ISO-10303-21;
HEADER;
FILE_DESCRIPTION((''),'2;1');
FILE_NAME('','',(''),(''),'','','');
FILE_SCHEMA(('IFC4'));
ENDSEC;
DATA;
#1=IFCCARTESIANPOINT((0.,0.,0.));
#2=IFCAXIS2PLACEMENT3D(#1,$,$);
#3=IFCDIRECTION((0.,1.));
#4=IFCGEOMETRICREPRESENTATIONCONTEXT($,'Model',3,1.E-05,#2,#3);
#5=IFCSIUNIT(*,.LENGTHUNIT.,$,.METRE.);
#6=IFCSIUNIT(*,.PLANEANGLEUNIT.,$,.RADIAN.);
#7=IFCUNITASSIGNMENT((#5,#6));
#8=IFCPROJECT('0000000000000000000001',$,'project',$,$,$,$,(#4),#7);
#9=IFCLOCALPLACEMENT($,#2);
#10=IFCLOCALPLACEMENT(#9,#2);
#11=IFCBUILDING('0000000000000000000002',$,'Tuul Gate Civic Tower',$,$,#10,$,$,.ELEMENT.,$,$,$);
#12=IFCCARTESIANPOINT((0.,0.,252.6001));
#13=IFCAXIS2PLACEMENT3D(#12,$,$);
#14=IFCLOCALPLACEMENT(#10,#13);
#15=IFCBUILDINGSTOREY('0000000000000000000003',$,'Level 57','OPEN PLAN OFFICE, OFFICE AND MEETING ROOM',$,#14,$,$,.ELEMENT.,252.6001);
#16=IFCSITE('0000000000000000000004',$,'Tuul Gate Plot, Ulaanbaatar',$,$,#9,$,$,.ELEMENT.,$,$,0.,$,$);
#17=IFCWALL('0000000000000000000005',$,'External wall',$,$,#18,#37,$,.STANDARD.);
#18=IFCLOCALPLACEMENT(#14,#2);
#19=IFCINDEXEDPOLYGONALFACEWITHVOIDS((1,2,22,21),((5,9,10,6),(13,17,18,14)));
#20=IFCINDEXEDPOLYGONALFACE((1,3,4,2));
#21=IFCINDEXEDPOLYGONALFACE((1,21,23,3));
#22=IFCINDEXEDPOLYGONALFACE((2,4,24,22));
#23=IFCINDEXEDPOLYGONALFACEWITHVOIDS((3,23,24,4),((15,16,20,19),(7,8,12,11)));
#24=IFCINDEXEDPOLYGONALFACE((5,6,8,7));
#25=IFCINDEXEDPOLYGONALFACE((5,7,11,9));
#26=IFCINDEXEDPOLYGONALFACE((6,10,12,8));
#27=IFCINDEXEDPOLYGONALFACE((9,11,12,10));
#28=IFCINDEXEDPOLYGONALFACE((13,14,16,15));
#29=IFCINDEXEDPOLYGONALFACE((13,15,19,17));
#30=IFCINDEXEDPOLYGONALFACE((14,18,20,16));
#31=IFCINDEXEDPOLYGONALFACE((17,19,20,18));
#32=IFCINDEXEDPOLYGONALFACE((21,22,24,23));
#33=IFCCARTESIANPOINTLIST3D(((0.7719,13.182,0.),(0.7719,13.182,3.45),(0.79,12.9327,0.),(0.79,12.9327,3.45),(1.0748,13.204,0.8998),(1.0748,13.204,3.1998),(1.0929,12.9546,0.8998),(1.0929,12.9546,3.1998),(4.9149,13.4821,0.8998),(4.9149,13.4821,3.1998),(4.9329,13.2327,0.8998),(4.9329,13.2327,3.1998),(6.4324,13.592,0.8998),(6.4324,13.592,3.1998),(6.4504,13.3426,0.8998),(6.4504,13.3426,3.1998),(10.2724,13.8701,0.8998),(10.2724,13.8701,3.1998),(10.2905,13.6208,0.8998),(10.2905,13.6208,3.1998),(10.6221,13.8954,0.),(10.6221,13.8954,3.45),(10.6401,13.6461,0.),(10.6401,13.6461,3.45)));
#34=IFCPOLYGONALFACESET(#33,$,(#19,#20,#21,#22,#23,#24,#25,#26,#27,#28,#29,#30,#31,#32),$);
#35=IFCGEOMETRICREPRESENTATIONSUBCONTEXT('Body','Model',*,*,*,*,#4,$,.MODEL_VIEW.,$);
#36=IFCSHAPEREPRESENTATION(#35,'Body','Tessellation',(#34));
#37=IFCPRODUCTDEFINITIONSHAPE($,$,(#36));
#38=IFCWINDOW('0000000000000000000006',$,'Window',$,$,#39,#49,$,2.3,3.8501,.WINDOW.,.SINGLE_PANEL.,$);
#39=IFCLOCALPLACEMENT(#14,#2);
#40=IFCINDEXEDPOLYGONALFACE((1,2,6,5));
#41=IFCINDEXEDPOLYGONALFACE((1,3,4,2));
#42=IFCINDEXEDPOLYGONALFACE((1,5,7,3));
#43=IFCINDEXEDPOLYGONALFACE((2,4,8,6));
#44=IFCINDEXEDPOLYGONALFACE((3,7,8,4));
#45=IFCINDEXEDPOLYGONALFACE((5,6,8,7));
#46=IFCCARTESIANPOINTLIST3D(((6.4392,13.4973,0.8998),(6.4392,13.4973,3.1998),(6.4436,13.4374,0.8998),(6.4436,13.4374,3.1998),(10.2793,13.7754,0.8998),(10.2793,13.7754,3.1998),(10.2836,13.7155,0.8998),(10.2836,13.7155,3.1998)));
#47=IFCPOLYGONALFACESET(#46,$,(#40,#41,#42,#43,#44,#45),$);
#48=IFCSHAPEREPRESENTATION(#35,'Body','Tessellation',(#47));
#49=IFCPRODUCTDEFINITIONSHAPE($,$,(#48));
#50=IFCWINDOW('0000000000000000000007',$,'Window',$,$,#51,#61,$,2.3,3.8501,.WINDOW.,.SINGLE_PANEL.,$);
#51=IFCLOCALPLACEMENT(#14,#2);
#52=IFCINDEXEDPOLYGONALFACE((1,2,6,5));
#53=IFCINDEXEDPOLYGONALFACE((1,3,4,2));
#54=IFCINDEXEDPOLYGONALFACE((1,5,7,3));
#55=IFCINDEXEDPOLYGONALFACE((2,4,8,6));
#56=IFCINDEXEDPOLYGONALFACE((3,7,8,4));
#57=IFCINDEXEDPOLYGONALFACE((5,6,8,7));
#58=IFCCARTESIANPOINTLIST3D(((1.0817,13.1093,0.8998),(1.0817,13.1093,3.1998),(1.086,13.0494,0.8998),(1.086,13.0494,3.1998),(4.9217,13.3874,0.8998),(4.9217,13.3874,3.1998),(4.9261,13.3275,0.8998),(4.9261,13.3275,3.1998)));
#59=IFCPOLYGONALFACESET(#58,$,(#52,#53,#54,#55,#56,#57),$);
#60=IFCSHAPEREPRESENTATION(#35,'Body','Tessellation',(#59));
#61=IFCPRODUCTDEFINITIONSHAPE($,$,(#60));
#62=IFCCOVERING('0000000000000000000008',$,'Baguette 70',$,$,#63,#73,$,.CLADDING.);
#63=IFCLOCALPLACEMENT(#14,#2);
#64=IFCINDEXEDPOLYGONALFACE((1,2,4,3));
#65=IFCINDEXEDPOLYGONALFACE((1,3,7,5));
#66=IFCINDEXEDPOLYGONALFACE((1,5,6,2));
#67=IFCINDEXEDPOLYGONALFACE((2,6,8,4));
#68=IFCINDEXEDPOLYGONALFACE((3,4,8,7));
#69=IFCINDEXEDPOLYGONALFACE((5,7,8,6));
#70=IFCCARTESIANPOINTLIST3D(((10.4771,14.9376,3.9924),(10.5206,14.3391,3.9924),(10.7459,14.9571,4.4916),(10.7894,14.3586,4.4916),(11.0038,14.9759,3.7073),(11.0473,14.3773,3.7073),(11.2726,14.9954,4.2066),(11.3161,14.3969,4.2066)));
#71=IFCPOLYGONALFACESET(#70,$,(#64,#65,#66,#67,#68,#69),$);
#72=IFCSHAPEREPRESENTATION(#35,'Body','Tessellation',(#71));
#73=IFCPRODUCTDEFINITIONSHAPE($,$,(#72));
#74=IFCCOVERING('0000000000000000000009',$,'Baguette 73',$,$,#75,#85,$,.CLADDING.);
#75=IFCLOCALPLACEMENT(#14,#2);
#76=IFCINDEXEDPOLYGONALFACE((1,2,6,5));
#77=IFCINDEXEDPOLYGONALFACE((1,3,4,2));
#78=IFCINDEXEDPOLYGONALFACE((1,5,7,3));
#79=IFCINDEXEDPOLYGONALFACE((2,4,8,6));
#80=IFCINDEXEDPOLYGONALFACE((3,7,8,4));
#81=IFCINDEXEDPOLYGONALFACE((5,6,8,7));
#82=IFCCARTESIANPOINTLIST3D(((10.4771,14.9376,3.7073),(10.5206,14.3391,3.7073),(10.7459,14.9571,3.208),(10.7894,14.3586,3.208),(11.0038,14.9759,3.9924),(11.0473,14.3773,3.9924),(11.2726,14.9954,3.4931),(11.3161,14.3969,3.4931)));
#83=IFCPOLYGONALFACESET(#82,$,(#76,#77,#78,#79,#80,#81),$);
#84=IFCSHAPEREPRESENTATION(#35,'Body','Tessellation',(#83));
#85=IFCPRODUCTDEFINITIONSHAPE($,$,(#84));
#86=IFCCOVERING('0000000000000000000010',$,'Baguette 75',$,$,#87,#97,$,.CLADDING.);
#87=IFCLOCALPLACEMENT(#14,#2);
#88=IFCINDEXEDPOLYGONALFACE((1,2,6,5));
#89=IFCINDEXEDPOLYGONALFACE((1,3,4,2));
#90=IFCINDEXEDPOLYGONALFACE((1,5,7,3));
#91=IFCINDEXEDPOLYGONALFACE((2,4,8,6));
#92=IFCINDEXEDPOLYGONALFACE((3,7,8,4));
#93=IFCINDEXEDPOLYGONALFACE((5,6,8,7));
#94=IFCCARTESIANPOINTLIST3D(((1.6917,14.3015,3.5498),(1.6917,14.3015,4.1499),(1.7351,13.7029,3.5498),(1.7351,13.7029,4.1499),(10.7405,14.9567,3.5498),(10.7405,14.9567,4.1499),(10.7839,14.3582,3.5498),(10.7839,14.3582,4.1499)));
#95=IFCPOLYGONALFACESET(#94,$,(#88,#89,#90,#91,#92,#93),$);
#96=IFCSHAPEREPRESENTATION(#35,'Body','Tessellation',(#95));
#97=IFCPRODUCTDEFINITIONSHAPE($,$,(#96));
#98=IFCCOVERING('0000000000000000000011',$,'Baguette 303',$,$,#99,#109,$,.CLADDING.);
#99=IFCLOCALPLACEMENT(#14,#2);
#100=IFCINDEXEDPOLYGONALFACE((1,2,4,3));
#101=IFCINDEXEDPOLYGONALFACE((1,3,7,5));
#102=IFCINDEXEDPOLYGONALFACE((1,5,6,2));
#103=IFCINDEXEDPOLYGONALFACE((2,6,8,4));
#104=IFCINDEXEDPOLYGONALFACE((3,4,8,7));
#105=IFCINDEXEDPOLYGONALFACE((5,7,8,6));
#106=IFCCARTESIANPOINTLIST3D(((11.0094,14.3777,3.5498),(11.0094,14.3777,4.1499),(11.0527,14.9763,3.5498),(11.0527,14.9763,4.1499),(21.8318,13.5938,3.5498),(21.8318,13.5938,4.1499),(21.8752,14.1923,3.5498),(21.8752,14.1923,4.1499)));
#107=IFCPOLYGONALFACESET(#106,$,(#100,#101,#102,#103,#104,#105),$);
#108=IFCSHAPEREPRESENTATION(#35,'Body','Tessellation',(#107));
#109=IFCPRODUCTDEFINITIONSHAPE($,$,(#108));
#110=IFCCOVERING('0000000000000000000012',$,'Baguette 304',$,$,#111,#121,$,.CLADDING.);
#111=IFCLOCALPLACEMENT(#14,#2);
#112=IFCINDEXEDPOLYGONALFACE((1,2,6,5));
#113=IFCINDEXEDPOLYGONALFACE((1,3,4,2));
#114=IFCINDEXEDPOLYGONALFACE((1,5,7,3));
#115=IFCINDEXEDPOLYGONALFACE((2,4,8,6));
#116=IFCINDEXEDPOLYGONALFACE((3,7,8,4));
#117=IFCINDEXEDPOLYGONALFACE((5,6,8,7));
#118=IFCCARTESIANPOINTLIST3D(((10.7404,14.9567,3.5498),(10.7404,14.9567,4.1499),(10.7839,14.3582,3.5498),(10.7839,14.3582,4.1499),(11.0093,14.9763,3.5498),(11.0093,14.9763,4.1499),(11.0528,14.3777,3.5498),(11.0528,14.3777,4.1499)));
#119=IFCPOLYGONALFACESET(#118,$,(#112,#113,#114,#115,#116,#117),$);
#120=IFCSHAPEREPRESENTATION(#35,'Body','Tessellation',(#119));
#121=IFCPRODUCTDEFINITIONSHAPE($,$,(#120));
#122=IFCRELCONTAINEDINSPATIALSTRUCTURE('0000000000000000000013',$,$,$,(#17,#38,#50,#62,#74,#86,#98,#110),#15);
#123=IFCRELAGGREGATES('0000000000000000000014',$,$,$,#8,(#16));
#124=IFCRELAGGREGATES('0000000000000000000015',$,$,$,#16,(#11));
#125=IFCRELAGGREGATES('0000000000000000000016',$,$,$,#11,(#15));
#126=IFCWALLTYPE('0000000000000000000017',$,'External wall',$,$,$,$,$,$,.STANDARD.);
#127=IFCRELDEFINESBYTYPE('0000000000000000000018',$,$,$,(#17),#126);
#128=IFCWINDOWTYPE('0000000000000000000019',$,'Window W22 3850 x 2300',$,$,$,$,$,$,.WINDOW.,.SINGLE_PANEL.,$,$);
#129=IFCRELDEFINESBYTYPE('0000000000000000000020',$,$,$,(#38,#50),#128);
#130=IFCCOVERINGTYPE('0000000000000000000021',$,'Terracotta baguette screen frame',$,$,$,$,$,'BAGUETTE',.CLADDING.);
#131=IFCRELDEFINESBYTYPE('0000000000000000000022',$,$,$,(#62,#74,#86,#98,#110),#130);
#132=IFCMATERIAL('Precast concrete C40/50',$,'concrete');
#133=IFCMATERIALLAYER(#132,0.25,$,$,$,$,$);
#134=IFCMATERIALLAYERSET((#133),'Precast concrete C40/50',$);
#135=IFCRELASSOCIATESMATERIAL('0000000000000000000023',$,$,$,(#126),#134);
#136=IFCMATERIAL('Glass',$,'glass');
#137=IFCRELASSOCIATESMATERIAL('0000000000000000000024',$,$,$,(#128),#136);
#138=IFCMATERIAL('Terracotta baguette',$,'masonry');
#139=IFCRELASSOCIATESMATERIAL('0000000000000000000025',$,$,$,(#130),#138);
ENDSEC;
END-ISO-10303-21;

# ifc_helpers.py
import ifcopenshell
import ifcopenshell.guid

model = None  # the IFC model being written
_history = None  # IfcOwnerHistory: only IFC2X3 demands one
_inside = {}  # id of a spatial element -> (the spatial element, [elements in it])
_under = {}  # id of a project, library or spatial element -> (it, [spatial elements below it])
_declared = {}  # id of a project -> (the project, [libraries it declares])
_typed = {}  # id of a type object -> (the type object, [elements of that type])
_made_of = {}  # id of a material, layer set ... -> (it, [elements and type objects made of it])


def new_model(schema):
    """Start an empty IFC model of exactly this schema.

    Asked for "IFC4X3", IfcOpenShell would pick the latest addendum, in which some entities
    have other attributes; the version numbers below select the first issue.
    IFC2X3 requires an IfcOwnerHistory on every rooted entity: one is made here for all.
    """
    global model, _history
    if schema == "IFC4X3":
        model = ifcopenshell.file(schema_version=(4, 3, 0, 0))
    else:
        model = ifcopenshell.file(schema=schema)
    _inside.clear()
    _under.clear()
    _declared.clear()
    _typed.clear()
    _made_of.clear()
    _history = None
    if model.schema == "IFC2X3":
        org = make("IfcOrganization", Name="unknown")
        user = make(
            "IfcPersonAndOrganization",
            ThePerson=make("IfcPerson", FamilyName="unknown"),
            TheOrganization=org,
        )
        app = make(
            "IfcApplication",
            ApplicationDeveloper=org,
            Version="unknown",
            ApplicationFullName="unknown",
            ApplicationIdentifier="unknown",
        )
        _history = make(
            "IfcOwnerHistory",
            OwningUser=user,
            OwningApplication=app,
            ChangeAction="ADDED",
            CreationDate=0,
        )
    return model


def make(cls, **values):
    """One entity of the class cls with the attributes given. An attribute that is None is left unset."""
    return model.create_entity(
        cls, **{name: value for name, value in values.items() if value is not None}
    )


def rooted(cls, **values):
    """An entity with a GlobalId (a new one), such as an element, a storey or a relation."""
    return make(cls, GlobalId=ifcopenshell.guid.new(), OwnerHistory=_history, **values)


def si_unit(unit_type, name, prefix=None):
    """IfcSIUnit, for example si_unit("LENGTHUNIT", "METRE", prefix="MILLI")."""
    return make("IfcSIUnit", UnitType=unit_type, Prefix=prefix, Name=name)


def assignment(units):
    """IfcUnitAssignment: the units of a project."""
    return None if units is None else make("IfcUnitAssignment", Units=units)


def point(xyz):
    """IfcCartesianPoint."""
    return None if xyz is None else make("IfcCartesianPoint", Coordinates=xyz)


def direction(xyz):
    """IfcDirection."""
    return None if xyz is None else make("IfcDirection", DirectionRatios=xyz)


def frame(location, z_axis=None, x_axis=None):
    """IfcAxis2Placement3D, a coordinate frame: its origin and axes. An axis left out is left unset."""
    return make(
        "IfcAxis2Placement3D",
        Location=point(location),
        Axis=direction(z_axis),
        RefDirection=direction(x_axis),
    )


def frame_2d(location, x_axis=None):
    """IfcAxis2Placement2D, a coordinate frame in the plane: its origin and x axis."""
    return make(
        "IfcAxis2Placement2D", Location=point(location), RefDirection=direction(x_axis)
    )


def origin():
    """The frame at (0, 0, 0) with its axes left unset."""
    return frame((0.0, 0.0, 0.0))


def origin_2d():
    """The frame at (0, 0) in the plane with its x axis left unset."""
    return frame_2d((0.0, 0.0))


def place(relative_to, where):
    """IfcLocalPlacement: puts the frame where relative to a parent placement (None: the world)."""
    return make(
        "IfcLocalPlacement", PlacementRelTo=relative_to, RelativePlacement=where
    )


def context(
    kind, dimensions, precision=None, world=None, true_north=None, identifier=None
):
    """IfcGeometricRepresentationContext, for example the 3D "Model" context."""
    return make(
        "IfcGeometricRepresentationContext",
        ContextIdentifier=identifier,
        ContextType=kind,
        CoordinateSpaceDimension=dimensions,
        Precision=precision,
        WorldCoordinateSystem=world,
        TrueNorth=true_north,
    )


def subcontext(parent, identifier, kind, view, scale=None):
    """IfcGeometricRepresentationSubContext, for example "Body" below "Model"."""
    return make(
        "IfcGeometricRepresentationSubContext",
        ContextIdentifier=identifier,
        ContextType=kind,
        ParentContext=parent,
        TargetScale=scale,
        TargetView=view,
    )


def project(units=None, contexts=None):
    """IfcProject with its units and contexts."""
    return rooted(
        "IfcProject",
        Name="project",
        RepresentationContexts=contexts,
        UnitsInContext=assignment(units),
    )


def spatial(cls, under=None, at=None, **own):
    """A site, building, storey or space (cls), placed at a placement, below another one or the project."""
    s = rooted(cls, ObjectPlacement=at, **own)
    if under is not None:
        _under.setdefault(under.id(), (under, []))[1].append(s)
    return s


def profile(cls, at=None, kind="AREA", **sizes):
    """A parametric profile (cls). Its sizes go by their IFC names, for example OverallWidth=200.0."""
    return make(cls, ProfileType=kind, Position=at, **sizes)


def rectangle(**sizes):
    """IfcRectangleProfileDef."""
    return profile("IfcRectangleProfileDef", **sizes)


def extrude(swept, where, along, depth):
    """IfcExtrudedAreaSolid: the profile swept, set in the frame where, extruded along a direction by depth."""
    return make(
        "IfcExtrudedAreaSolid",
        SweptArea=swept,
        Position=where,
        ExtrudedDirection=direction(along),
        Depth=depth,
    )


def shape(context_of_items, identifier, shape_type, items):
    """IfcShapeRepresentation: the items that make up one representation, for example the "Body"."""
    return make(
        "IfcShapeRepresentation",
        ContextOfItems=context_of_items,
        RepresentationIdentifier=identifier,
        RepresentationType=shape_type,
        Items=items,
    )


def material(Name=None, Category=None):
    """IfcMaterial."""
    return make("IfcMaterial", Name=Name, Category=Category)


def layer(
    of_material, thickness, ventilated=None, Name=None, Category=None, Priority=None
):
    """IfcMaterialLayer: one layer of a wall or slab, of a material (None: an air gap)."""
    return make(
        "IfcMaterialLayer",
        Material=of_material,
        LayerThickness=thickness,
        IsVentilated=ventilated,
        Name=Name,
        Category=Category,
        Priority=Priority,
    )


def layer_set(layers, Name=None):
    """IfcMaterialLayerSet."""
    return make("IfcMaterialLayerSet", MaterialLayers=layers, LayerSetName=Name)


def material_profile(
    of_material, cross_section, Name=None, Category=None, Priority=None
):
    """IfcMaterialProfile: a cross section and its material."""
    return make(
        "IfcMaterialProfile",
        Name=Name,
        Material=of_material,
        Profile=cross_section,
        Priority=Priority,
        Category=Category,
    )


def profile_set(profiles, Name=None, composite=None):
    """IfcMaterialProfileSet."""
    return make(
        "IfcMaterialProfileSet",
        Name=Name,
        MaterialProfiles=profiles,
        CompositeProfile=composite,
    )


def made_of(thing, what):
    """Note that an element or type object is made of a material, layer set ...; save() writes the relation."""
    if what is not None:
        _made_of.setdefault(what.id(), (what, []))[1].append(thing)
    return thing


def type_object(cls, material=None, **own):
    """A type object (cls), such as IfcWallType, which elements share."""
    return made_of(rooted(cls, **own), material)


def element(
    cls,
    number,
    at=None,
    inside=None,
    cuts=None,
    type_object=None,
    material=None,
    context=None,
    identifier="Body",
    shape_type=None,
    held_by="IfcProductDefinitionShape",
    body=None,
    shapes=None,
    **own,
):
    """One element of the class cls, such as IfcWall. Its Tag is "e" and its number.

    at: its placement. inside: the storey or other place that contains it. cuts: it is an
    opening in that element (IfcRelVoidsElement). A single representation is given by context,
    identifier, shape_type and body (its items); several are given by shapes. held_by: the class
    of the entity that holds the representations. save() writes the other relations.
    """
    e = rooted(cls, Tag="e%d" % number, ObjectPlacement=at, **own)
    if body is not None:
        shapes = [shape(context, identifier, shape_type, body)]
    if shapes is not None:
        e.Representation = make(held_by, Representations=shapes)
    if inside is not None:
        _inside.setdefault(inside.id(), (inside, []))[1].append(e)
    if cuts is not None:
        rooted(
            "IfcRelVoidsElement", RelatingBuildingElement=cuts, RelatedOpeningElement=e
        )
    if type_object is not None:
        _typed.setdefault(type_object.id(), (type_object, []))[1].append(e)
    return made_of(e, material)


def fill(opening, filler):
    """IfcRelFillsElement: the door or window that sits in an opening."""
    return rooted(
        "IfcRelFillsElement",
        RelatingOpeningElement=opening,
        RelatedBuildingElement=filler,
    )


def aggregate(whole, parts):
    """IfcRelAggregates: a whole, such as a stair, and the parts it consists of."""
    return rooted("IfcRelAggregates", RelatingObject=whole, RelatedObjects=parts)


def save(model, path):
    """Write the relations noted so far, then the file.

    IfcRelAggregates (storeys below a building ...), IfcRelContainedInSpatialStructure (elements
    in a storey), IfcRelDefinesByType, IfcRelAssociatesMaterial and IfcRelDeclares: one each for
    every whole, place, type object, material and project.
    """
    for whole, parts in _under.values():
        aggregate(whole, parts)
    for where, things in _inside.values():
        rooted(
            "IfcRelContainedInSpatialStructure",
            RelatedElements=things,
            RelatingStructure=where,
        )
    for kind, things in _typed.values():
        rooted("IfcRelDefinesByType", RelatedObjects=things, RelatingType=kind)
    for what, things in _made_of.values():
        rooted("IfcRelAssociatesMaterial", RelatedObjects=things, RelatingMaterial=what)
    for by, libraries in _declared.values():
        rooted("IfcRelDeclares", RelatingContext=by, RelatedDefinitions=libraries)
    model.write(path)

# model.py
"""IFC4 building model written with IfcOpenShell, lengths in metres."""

from ifc_helpers import new_model, si_unit, direction, frame, frame_2d, origin, origin_2d, place, context, subcontext, project, spatial, rectangle, extrude, material, layer, layer_set, material_profile, profile_set, type_object, element, fill, save


model = new_model("IFC4")

# Units and contexts
model_context = context("Model", 3, precision=1e-05, world=origin(), true_north=direction((0.0, 1.0)))
body_context = subcontext(model_context, "Body", "Model", "MODEL_VIEW")
ifc_project = project(units=[si_unit("LENGTHUNIT", "METRE"), si_unit("PLANEANGLEUNIT", "RADIAN")], contexts=[model_context])

# Site, building, storey
site_placement = place(None, origin())
site = spatial("IfcSite", under=ifc_project, at=site_placement, Name="Tuul Gate Plot, Ulaanbaatar", CompositionType="ELEMENT", RefElevation=0.0)
building_placement = place(site_placement, origin())
building = spatial("IfcBuilding", under=site, at=building_placement, Name="Tuul Gate Civic Tower", CompositionType="ELEMENT")
storey_placement = place(building_placement, frame((0.0, 0.0, 252.6001)))
storey = spatial("IfcBuildingStorey", under=building, at=storey_placement, Name="Level 57", Description="OPEN PLAN OFFICE, OFFICE AND MEETING ROOM", CompositionType="ELEMENT", Elevation=252.6001)

# Wall, openings, windows
ifc_material_1 = material(Name="Precast concrete C40/50", Category="concrete")
ifc_layer_1 = layer(ifc_material_1, 0.25)
ifc_layer_set_1 = layer_set([ifc_layer_1], Name="Precast concrete C40/50")
wall_type_1 = type_object("IfcWallType", Name="External wall", PredefinedType="STANDARD", material=ifc_layer_set_1)
ifc_material_2 = material(Name="Glass", Category="glass")
window_type = type_object("IfcWindowType", Name="Window W22 3850 x 2300", PartitioningType="SINGLE_PANEL", PredefinedType="WINDOW", material=ifc_material_2)
wall_1_placement = place(storey_placement, frame((10.6311, 13.7708, 0.0), z_axis=(0.0, 0.0, 1.0), x_axis=(-0.997388, -0.072234, 0.0)))
wall_1 = element("IfcWall", 1, at=wall_1_placement, inside=storey, type_object=wall_type_1, Name="External wall", PredefinedType="STANDARD", context=body_context, shape_type="SweptSolid", body=[
    extrude(rectangle(XDim=9.876, YDim=0.25, at=frame_2d((4.938, 0.0))), origin(), (0.0, 0.0, 1.0), 3.45),
])
opening_1_placement = place(wall_1_placement, frame((0.3506, 0.0, 0.8999)))
opening_1 = element("IfcOpeningElement", 2, at=opening_1_placement, cuts=wall_1, PredefinedType="OPENING", context=body_context, shape_type="SweptSolid", body=[
    extrude(rectangle(XDim=3.8501, YDim=2.3, at=frame_2d((1.925, 1.1499))), frame((0.0, 0.135, 0.0), z_axis=(0.0, -1.0, 0.0), x_axis=(1.0, 0.0, 0.0)), (0.0, 0.0, 1.0), 0.27),
])
opening_2_placement = place(wall_1_placement, frame((5.7222, 0.0, 0.8999)))
opening_2 = element("IfcOpeningElement", 3, at=opening_2_placement, cuts=wall_1, PredefinedType="OPENING", context=body_context, shape_type="SweptSolid", body=[
    extrude(rectangle(XDim=3.8501, YDim=2.3, at=frame_2d((1.925, 1.1499))), frame((0.0, 0.135, 0.0), z_axis=(0.0, -1.0, 0.0), x_axis=(1.0, 0.0, 0.0)), (0.0, 0.0, 1.0), 0.27),
])
window_1_placement = place(opening_1_placement, origin())
window_1 = element("IfcWindow", 4, at=window_1_placement, inside=storey, type_object=window_type, Name="Window", OverallHeight=2.3, OverallWidth=3.8501, PartitioningType="SINGLE_PANEL", PredefinedType="WINDOW", context=body_context, shape_type="SweptSolid", body=[
    extrude(rectangle(XDim=3.8501, YDim=2.3, at=frame_2d((1.925, 1.1499))), frame((0.0, 0.03, 0.0), z_axis=(0.0, -1.0, 0.0), x_axis=(1.0, 0.0, 0.0)), (0.0, 0.0, 1.0), 0.0601),
])
fill(opening_1, window_1)
window_2_placement = place(opening_2_placement, origin())
window_2 = element("IfcWindow", 5, at=window_2_placement, inside=storey, type_object=window_type, Name="Window", OverallHeight=2.3, OverallWidth=3.8501, PartitioningType="SINGLE_PANEL", PredefinedType="WINDOW", context=body_context, shape_type="SweptSolid", body=[
    extrude(rectangle(XDim=3.8501, YDim=2.3, at=frame_2d((1.925, 1.1499))), frame((0.0, 0.03, 0.0), z_axis=(0.0, -1.0, 0.0), x_axis=(1.0, 0.0, 0.0)), (0.0, 0.0, 1.0), 0.0601),
])
fill(opening_2, window_2)

# Coverings
ifc_material_3 = material(Name="Terracotta baguette", Category="masonry")
ifc_material_profile_1 = material_profile(ifc_material_3, rectangle(XDim=0.6001, YDim=0.6001, at=origin_2d()), Name="Terracotta baguette screen frame")
ifc_profile_set_1 = profile_set([ifc_material_profile_1], Name="Terracotta baguette")
covering_type = type_object("IfcCoveringType", Name="Terracotta baguette screen frame", ElementType="BAGUETTE", PredefinedType="CLADDING", material=ifc_profile_set_1)
for number, where, z_axis, x_axis, name in (
    (6, (11.031, 14.677, 4.3491), (-0.473768, -0.034425, -0.879977), (0.07247, -0.997371, 0.0), "Baguette 70"),
    (7, (10.7622, 14.6575, 3.8499), (0.473768, 0.034425, -0.879977), (-0.07247, 0.997371, 0.0), "Baguette 73"),
):
    element("IfcCovering", number, at=place(storey_placement, frame(where, z_axis=z_axis, x_axis=x_axis)), inside=storey, type_object=covering_type, Name=name, PredefinedType="CLADDING", context=body_context, shape_type="SweptSolid", body=[
        extrude(rectangle(XDim=0.6001, YDim=0.6001, at=origin_2d()), origin(), (0.0, 0.0, 1.0), 0.5674),
    ])
covering_1_placement = place(storey_placement, frame((10.7622, 14.6575, 3.8499), z_axis=(-0.997388, -0.072226, 0.0), x_axis=(0.072226, -0.997388, 0.0)))
element("IfcCovering", 8, at=covering_1_placement, inside=storey, type_object=covering_type, Name="Baguette 75", PredefinedType="CLADDING", context=body_context, shape_type="SweptSolid", body=[
    extrude(rectangle(XDim=0.6001, YDim=0.6001, at=origin_2d()), origin(), (0.0, 0.0, 1.0), 9.0725),
])
covering_2_placement = place(storey_placement, frame((21.8535, 13.8931, 3.8499), z_axis=(-0.997387, 0.072246, 0.0), x_axis=(-0.072246, -0.997387, 0.0)))
element("IfcCovering", 9, at=covering_2_placement, inside=storey, type_object=covering_type, Name="Baguette 303", PredefinedType="CLADDING", context=body_context, shape_type="SweptSolid", body=[
    extrude(rectangle(XDim=0.6001, YDim=0.6001, at=origin_2d()), origin(), (0.0, 0.0, 1.0), 10.8508),
])
covering_3_placement = place(storey_placement, frame((11.031, 14.677, 3.8499), z_axis=(-0.997371, -0.07247, 0.0), x_axis=(0.07247, -0.997371, 0.0)))
element("IfcCovering", 10, at=covering_3_placement, inside=storey, type_object=covering_type, Name="Baguette 304", PredefinedType="CLADDING", context=body_context, shape_type="SweptSolid", body=[
    extrude(rectangle(XDim=0.6001, YDim=0.6001, at=origin_2d()), origin(), (0.0, 0.0, 1.0), 0.2695),
])

save(model, "model.ifc")
